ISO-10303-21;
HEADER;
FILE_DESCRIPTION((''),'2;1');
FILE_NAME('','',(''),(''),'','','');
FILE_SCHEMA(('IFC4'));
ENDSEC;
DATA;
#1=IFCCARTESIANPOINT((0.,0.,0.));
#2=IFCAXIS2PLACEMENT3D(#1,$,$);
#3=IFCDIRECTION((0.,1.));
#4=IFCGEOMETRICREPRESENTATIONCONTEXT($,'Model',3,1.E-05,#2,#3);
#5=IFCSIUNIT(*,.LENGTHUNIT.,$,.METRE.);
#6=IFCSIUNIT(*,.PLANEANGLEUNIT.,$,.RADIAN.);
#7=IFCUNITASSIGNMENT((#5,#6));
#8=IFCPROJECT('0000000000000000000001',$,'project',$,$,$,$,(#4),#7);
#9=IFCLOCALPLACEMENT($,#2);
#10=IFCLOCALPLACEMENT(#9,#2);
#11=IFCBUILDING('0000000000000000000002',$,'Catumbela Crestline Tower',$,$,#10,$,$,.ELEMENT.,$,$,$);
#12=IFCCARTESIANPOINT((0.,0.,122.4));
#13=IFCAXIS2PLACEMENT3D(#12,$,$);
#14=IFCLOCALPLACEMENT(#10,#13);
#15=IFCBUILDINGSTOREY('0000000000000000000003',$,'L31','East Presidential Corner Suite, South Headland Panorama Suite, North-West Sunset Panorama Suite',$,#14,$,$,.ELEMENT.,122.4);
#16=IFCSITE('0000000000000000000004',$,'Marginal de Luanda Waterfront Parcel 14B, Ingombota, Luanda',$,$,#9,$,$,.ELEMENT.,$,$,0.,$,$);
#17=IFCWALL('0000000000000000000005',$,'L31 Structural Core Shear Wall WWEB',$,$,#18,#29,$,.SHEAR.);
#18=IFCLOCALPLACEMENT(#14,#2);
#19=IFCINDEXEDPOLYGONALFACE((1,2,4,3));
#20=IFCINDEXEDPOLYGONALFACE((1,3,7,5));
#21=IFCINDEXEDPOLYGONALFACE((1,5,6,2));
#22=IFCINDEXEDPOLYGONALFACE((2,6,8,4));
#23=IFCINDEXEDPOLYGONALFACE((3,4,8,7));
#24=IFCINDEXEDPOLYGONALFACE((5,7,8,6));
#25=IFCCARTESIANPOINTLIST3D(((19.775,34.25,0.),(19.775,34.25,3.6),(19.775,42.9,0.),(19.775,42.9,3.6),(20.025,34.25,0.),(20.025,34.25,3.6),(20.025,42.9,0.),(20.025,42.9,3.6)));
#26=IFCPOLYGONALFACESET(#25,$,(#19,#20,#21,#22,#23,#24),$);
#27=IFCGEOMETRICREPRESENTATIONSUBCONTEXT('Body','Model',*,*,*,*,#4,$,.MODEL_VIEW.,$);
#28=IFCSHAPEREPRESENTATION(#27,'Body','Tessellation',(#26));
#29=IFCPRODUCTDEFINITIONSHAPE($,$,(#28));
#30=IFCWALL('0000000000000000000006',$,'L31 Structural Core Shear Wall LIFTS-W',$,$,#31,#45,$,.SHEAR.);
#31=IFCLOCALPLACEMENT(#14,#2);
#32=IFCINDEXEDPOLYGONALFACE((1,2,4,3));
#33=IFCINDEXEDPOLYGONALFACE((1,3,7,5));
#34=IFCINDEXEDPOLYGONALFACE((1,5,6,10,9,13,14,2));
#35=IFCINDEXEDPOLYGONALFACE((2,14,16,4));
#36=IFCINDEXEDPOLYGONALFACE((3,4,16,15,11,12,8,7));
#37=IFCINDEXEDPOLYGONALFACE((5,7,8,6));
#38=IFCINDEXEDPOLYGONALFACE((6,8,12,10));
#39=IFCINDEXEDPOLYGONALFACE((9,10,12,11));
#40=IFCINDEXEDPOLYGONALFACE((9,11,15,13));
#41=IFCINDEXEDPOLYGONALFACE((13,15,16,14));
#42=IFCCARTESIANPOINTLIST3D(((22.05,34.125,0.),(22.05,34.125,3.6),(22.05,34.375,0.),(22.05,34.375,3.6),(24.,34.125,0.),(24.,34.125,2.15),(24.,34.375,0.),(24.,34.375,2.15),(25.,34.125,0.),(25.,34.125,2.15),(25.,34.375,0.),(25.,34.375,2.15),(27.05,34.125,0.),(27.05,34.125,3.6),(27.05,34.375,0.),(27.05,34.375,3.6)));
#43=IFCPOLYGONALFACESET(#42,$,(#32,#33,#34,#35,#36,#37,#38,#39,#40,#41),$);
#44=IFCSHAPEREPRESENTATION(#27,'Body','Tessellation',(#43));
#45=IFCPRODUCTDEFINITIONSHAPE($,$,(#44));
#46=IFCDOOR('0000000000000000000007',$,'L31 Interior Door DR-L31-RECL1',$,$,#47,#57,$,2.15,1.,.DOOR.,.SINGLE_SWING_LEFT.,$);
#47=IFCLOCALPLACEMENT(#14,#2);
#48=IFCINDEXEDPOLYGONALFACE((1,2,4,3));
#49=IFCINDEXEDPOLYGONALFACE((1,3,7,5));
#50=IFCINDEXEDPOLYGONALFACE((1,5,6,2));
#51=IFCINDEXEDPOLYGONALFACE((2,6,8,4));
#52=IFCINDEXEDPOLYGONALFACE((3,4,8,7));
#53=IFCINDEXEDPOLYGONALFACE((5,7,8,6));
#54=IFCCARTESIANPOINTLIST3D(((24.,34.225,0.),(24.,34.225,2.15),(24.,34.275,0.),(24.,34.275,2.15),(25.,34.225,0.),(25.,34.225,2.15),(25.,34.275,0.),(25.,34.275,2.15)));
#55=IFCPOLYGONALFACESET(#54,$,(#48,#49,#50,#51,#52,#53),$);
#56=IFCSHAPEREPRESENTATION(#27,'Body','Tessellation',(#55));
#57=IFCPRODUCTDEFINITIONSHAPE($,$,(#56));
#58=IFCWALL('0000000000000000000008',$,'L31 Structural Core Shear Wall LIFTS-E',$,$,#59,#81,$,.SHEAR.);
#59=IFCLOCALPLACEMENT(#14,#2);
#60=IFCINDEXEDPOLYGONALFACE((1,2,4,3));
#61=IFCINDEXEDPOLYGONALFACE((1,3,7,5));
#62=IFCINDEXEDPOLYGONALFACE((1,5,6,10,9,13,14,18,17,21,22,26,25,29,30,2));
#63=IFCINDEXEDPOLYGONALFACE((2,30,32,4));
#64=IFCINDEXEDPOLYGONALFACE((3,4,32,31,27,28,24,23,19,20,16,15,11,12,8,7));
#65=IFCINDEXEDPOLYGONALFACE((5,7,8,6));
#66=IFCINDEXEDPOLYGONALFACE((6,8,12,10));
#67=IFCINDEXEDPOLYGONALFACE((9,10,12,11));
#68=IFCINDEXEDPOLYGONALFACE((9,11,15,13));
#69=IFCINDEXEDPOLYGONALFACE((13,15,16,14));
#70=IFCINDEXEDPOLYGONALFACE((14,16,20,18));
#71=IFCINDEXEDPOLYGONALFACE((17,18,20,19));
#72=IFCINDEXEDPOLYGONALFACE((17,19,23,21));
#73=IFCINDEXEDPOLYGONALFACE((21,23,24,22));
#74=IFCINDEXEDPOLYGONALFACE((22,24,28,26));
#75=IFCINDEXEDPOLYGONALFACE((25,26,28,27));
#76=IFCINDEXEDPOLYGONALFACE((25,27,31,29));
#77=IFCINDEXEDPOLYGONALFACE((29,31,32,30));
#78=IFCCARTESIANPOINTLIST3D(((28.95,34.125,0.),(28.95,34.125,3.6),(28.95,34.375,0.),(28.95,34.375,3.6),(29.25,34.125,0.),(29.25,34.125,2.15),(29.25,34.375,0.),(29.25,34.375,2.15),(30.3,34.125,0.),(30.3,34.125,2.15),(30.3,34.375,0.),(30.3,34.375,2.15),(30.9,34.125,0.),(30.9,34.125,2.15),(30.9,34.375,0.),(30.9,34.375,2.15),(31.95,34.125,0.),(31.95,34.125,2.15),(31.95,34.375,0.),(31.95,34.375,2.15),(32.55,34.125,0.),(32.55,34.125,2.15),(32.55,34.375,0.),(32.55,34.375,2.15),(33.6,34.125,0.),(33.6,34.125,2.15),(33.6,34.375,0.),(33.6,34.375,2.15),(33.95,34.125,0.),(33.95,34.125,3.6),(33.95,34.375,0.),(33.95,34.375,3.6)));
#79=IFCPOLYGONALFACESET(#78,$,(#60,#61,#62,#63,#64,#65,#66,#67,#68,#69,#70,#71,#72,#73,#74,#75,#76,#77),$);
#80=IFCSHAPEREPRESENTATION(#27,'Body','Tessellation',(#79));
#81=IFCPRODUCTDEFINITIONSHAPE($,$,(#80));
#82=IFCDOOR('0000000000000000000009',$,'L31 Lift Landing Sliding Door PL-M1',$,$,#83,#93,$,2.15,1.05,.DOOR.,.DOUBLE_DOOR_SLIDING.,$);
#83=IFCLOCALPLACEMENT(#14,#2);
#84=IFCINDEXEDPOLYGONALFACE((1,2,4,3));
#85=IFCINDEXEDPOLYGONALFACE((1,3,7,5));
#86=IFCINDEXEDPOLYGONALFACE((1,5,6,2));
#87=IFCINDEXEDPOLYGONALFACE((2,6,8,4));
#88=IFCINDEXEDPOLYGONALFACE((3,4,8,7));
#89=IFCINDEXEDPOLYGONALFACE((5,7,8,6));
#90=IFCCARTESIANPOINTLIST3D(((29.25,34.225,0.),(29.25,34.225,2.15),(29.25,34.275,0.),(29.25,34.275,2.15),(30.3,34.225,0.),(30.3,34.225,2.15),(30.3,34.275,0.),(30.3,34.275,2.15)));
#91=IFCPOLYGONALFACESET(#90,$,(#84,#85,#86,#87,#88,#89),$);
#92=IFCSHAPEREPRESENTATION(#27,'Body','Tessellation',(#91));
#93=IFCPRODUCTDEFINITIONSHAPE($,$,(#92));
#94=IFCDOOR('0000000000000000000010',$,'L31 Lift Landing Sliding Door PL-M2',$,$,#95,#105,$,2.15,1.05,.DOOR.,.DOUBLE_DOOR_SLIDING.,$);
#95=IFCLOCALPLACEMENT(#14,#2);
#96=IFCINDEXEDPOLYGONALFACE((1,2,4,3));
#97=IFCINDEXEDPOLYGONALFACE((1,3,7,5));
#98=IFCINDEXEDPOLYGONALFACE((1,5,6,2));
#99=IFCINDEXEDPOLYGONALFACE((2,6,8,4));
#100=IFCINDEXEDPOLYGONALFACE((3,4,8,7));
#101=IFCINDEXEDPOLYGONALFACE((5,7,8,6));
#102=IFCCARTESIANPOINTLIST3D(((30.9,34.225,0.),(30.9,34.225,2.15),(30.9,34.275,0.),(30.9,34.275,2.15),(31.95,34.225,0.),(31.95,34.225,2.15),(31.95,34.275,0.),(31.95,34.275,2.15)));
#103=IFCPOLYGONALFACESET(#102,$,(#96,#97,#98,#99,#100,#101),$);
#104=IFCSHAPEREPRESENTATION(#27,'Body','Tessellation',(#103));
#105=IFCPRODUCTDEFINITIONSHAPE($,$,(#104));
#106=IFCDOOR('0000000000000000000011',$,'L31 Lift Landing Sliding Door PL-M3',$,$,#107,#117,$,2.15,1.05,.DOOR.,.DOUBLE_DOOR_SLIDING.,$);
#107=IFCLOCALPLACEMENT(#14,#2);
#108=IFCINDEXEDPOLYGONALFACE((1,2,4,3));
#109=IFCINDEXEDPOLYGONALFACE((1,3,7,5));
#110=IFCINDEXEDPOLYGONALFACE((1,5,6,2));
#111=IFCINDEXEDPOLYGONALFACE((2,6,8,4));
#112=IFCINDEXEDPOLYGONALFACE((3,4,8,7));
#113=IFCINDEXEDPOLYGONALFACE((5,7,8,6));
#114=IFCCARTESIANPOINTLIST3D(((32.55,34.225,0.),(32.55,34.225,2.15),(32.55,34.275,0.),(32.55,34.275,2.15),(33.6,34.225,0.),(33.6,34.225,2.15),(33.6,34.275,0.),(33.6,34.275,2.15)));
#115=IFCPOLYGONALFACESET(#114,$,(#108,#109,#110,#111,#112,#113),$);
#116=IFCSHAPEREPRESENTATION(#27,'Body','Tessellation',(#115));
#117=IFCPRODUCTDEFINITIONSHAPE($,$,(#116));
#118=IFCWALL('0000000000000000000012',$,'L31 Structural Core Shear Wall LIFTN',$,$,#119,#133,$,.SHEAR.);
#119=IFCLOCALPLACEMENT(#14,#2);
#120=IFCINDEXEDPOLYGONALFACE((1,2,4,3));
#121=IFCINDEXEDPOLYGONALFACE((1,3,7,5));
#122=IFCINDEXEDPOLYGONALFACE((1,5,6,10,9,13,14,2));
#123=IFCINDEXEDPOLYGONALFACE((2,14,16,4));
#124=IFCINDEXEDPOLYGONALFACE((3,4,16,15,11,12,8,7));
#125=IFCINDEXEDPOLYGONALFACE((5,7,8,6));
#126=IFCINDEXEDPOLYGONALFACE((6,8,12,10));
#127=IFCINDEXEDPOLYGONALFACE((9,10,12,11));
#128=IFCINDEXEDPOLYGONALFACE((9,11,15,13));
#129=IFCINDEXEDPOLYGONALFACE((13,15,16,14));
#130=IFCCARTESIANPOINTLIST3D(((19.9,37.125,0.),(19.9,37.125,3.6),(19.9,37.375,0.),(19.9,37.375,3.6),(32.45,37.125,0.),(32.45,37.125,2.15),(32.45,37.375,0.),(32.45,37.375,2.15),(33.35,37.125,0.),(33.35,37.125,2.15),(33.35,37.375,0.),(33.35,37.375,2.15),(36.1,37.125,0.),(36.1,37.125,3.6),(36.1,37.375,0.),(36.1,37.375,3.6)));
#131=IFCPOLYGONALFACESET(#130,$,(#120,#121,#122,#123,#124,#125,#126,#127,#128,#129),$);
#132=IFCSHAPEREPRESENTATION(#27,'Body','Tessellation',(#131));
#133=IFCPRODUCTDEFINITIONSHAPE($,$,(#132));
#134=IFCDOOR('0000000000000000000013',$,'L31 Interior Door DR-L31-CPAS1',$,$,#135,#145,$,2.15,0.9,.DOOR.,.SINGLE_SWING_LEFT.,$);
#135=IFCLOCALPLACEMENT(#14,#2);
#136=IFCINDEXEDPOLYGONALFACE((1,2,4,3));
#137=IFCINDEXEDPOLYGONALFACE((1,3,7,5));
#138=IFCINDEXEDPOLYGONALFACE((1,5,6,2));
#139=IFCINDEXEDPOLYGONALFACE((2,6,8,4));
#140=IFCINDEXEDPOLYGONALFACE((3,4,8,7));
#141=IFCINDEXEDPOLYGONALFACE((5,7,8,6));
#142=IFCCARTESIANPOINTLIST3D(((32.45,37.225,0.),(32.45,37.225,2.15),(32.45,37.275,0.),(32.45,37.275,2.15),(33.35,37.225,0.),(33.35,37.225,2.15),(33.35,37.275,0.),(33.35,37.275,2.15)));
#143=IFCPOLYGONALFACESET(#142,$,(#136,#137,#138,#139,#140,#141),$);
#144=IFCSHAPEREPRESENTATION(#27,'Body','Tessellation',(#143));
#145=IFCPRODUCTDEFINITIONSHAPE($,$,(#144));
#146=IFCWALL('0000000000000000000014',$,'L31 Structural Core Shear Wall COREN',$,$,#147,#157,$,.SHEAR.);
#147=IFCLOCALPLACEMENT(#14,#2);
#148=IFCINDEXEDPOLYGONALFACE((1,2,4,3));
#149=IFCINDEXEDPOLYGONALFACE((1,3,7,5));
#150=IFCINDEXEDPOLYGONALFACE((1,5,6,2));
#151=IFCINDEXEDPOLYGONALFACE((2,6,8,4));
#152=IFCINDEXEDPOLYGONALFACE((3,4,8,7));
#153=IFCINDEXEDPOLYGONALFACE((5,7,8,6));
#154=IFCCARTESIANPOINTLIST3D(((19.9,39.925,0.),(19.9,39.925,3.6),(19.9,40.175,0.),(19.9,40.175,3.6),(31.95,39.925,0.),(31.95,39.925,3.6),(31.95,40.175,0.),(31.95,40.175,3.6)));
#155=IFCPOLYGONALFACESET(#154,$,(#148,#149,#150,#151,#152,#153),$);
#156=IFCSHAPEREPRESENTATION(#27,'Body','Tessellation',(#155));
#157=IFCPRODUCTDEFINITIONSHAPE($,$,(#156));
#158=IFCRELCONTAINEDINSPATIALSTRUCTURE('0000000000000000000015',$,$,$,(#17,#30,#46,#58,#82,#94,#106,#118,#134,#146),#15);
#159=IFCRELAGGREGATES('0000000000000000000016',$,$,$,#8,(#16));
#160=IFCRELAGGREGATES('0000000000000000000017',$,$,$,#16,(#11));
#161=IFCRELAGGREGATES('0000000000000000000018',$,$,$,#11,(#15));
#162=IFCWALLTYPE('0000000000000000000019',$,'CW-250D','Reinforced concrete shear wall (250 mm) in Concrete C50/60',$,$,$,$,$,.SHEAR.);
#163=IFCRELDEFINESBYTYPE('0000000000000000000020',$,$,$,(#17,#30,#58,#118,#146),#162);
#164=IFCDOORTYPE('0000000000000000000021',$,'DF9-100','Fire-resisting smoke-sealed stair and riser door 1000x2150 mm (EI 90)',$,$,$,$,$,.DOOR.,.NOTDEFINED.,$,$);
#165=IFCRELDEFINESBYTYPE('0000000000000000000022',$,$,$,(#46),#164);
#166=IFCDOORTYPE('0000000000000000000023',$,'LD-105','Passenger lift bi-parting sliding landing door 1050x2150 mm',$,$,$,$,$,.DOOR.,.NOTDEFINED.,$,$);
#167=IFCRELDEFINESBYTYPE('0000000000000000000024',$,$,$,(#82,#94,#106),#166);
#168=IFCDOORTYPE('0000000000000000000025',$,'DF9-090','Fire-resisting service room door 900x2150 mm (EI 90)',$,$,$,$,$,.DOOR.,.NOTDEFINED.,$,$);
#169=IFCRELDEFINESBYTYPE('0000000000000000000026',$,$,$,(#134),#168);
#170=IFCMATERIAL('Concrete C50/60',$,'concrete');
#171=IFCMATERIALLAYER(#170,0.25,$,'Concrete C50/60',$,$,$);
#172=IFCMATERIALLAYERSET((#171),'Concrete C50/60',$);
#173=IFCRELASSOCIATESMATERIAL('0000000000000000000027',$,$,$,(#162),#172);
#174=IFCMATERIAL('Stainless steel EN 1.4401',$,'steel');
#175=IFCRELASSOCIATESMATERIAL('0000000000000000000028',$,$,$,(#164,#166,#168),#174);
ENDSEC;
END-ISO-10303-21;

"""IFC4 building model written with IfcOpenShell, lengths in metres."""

from ifc_helpers import new_model, si_unit, direction, frame, frame_2d, origin, place, context, subcontext, project, spatial, rectangle, extrude, material, layer, layer_set, type_object, element, fill, save


model = new_model("IFC4")

# Units and contexts
model_context = context("Model", 3, precision=1e-05, world=origin(), true_north=direction((0.0, 1.0)))
body_context = subcontext(model_context, "Body", "Model", "MODEL_VIEW")
ifc_project = project(units=[si_unit("LENGTHUNIT", "METRE"), si_unit("PLANEANGLEUNIT", "RADIAN")], contexts=[model_context])

# Site, building, storey
site_placement = place(None, origin())
site = spatial("IfcSite", under=ifc_project, at=site_placement, Name="Marginal de Luanda Waterfront Parcel 14B, Ingombota, Luanda", CompositionType="ELEMENT", RefElevation=0.0)
building_placement = place(site_placement, origin())
building = spatial("IfcBuilding", under=site, at=building_placement, Name="Catumbela Crestline Tower", CompositionType="ELEMENT")
storey_placement = place(building_placement, frame((0.0, 0.0, 122.4)))
storey = spatial("IfcBuildingStorey", under=building, at=storey_placement, Name="L31", Description="East Presidential Corner Suite, South Headland Panorama Suite, North-West Sunset Panorama Suite", CompositionType="ELEMENT", Elevation=122.4)

# Wall
ifc_material_1 = material(Name="Concrete C50/60", Category="concrete")
ifc_layer_1 = layer(ifc_material_1, 0.25, Name="Concrete C50/60")
ifc_layer_set_1 = layer_set([ifc_layer_1], Name="Concrete C50/60")
wall_type_1 = type_object("IfcWallType", Name="CW-250D", Description="Reinforced concrete shear wall (250 mm) in Concrete C50/60", PredefinedType="SHEAR", material=ifc_layer_set_1)
wall_1_placement = place(storey_placement, frame((19.9, 34.25, 0.0), z_axis=(0.0, 0.0, 1.0), x_axis=(0.0, 1.0, 0.0)))
element("IfcWall", 1, at=wall_1_placement, inside=storey, type_object=wall_type_1, Name="L31 Structural Core Shear Wall WWEB", PredefinedType="SHEAR", context=body_context, shape_type="SweptSolid", body=[
    extrude(rectangle(XDim=8.65, YDim=0.25, at=frame_2d((4.325, 0.0))), origin(), (0.0, 0.0, 1.0), 3.6),
])

# Wall, opening, door
wall_2_placement = place(storey_placement, frame((22.05, 34.25, 0.0), z_axis=(0.0, 0.0, 1.0), x_axis=(1.0, 0.0, 0.0)))
wall_2 = element("IfcWall", 2, at=wall_2_placement, inside=storey, type_object=wall_type_1, Name="L31 Structural Core Shear Wall LIFTS-W", PredefinedType="SHEAR", context=body_context, shape_type="SweptSolid", body=[
    extrude(rectangle(XDim=5.0, YDim=0.25, at=frame_2d((2.5, 0.0))), origin(), (0.0, 0.0, 1.0), 3.6),
])
opening_1_placement = place(wall_2_placement, frame((1.95, 0.0, 0.0)))
opening_1 = element("IfcOpeningElement", 3, at=opening_1_placement, cuts=wall_2, PredefinedType="OPENING", context=body_context, shape_type="SweptSolid", body=[
    extrude(rectangle(XDim=1.0, YDim=2.15, at=frame_2d((0.5, 1.075))), frame((0.0, 0.135, 0.0), z_axis=(0.0, -1.0, 0.0), x_axis=(1.0, 0.0, 0.0)), (0.0, 0.0, 1.0), 0.27),
])
ifc_material_2 = material(Name="Stainless steel EN 1.4401", Category="steel")
door_type_1 = type_object("IfcDoorType", Name="DF9-100", Description="Fire-resisting smoke-sealed stair and riser door 1000x2150 mm (EI 90)", OperationType="NOTDEFINED", PredefinedType="DOOR", material=ifc_material_2)
door_1_placement = place(opening_1_placement, origin())
door_1 = element("IfcDoor", 4, at=door_1_placement, inside=storey, type_object=door_type_1, Name="L31 Interior Door DR-L31-RECL1", OperationType="SINGLE_SWING_LEFT", OverallHeight=2.15, OverallWidth=1.0, PredefinedType="DOOR", context=body_context, shape_type="SweptSolid", body=[
    extrude(rectangle(XDim=1.0, YDim=2.15, at=frame_2d((0.5, 1.075))), frame((0.0, 0.025, 0.0), z_axis=(0.0, -1.0, 0.0), x_axis=(1.0, 0.0, 0.0)), (0.0, 0.0, 1.0), 0.05),
])
fill(opening_1, door_1)

# Wall, openings, doors
wall_3_placement = place(storey_placement, frame((28.95, 34.25, 0.0), z_axis=(0.0, 0.0, 1.0), x_axis=(1.0, 0.0, 0.0)))
wall_3 = element("IfcWall", 5, at=wall_3_placement, inside=storey, type_object=wall_type_1, Name="L31 Structural Core Shear Wall LIFTS-E", PredefinedType="SHEAR", context=body_context, shape_type="SweptSolid", body=[
    extrude(rectangle(XDim=5.0, YDim=0.25, at=frame_2d((2.5, 0.0))), origin(), (0.0, 0.0, 1.0), 3.6),
])
opening_2_placement = place(wall_3_placement, frame((0.3, 0.0, 0.0)))
opening_2 = element("IfcOpeningElement", 6, at=opening_2_placement, cuts=wall_3, PredefinedType="OPENING", context=body_context, shape_type="SweptSolid", body=[
    extrude(rectangle(XDim=1.05, YDim=2.15, at=frame_2d((0.525, 1.075))), frame((0.0, 0.135, 0.0), z_axis=(0.0, -1.0, 0.0), x_axis=(1.0, 0.0, 0.0)), (0.0, 0.0, 1.0), 0.27),
])
opening_3_placement = place(wall_3_placement, frame((1.95, 0.0, 0.0)))
opening_3 = element("IfcOpeningElement", 7, at=opening_3_placement, cuts=wall_3, PredefinedType="OPENING", context=body_context, shape_type="SweptSolid", body=[
    extrude(rectangle(XDim=1.05, YDim=2.15, at=frame_2d((0.525, 1.075))), frame((0.0, 0.135, 0.0), z_axis=(0.0, -1.0, 0.0), x_axis=(1.0, 0.0, 0.0)), (0.0, 0.0, 1.0), 0.27),
])
opening_4_placement = place(wall_3_placement, frame((3.6, 0.0, 0.0)))
opening_4 = element("IfcOpeningElement", 8, at=opening_4_placement, cuts=wall_3, PredefinedType="OPENING", context=body_context, shape_type="SweptSolid", body=[
    extrude(rectangle(XDim=1.05, YDim=2.15, at=frame_2d((0.525, 1.075))), frame((0.0, 0.135, 0.0), z_axis=(0.0, -1.0, 0.0), x_axis=(1.0, 0.0, 0.0)), (0.0, 0.0, 1.0), 0.27),
])
door_type_2 = type_object("IfcDoorType", Name="LD-105", Description="Passenger lift bi-parting sliding landing door 1050x2150 mm", OperationType="NOTDEFINED", PredefinedType="DOOR", material=ifc_material_2)
door_2_placement = place(opening_2_placement, origin())
door_2 = element("IfcDoor", 9, at=door_2_placement, inside=storey, type_object=door_type_2, Name="L31 Lift Landing Sliding Door PL-M1", OperationType="DOUBLE_DOOR_SLIDING", OverallHeight=2.15, OverallWidth=1.05, PredefinedType="DOOR", context=body_context, shape_type="SweptSolid", body=[
    extrude(rectangle(XDim=1.05, YDim=2.15, at=frame_2d((0.525, 1.075))), frame((0.0, 0.025, 0.0), z_axis=(0.0, -1.0, 0.0), x_axis=(1.0, 0.0, 0.0)), (0.0, 0.0, 1.0), 0.05),
])
fill(opening_2, door_2)
door_3_placement = place(opening_3_placement, origin())
door_3 = element("IfcDoor", 10, at=door_3_placement, inside=storey, type_object=door_type_2, Name="L31 Lift Landing Sliding Door PL-M2", OperationType="DOUBLE_DOOR_SLIDING", OverallHeight=2.15, OverallWidth=1.05, PredefinedType="DOOR", context=body_context, shape_type="SweptSolid", body=[
    extrude(rectangle(XDim=1.05, YDim=2.15, at=frame_2d((0.525, 1.075))), frame((0.0, 0.025, 0.0), z_axis=(0.0, -1.0, 0.0), x_axis=(1.0, 0.0, 0.0)), (0.0, 0.0, 1.0), 0.05),
])
fill(opening_3, door_3)
door_4_placement = place(opening_4_placement, origin())
door_4 = element("IfcDoor", 11, at=door_4_placement, inside=storey, type_object=door_type_2, Name="L31 Lift Landing Sliding Door PL-M3", OperationType="DOUBLE_DOOR_SLIDING", OverallHeight=2.15, OverallWidth=1.05, PredefinedType="DOOR", context=body_context, shape_type="SweptSolid", body=[
    extrude(rectangle(XDim=1.05, YDim=2.15, at=frame_2d((0.525, 1.075))), frame((0.0, 0.025, 0.0), z_axis=(0.0, -1.0, 0.0), x_axis=(1.0, 0.0, 0.0)), (0.0, 0.0, 1.0), 0.05),
])
fill(opening_4, door_4)

# Wall, opening, door
wall_4_placement = place(storey_placement, frame((19.9, 37.25, 0.0), z_axis=(0.0, 0.0, 1.0), x_axis=(1.0, 0.0, 0.0)))
wall_4 = element("IfcWall", 12, at=wall_4_placement, inside=storey, type_object=wall_type_1, Name="L31 Structural Core Shear Wall LIFTN", PredefinedType="SHEAR", context=body_context, shape_type="SweptSolid", body=[
    extrude(rectangle(XDim=16.2, YDim=0.25, at=frame_2d((8.1, 0.0))), origin(), (0.0, 0.0, 1.0), 3.6),
])
opening_5_placement = place(wall_4_placement, frame((12.55, 0.0, 0.0)))
opening_5 = element("IfcOpeningElement", 13, at=opening_5_placement, cuts=wall_4, PredefinedType="OPENING", context=body_context, shape_type="SweptSolid", body=[
    extrude(rectangle(XDim=0.9, YDim=2.15, at=frame_2d((0.45, 1.075))), frame((0.0, 0.135, 0.0), z_axis=(0.0, -1.0, 0.0), x_axis=(1.0, 0.0, 0.0)), (0.0, 0.0, 1.0), 0.27),
])
door_type_3 = type_object("IfcDoorType", Name="DF9-090", Description="Fire-resisting service room door 900x2150 mm (EI 90)", OperationType="NOTDEFINED", PredefinedType="DOOR", material=ifc_material_2)
door_5_placement = place(opening_5_placement, origin())
door_5 = element("IfcDoor", 14, at=door_5_placement, inside=storey, type_object=door_type_3, Name="L31 Interior Door DR-L31-CPAS1", OperationType="SINGLE_SWING_LEFT", OverallHeight=2.15, OverallWidth=0.9, PredefinedType="DOOR", context=body_context, shape_type="SweptSolid", body=[
    extrude(rectangle(XDim=0.9, YDim=2.15, at=frame_2d((0.45, 1.075))), frame((0.0, 0.025, 0.0), z_axis=(0.0, -1.0, 0.0), x_axis=(1.0, 0.0, 0.0)), (0.0, 0.0, 1.0), 0.05),
])
fill(opening_5, door_5)

# Wall
wall_5_placement = place(storey_placement, frame((19.9, 40.05, 0.0), z_axis=(0.0, 0.0, 1.0), x_axis=(1.0, 0.0, 0.0)))
element("IfcWall", 15, at=wall_5_placement, inside=storey, type_object=wall_type_1, Name="L31 Structural Core Shear Wall COREN", PredefinedType="SHEAR", context=body_context, shape_type="SweptSolid", body=[
    extrude(rectangle(XDim=12.05, YDim=0.25, at=frame_2d((6.025, 0.0))), origin(), (0.0, 0.0, 1.0), 3.6),
])

save(model, "model.ifc")
